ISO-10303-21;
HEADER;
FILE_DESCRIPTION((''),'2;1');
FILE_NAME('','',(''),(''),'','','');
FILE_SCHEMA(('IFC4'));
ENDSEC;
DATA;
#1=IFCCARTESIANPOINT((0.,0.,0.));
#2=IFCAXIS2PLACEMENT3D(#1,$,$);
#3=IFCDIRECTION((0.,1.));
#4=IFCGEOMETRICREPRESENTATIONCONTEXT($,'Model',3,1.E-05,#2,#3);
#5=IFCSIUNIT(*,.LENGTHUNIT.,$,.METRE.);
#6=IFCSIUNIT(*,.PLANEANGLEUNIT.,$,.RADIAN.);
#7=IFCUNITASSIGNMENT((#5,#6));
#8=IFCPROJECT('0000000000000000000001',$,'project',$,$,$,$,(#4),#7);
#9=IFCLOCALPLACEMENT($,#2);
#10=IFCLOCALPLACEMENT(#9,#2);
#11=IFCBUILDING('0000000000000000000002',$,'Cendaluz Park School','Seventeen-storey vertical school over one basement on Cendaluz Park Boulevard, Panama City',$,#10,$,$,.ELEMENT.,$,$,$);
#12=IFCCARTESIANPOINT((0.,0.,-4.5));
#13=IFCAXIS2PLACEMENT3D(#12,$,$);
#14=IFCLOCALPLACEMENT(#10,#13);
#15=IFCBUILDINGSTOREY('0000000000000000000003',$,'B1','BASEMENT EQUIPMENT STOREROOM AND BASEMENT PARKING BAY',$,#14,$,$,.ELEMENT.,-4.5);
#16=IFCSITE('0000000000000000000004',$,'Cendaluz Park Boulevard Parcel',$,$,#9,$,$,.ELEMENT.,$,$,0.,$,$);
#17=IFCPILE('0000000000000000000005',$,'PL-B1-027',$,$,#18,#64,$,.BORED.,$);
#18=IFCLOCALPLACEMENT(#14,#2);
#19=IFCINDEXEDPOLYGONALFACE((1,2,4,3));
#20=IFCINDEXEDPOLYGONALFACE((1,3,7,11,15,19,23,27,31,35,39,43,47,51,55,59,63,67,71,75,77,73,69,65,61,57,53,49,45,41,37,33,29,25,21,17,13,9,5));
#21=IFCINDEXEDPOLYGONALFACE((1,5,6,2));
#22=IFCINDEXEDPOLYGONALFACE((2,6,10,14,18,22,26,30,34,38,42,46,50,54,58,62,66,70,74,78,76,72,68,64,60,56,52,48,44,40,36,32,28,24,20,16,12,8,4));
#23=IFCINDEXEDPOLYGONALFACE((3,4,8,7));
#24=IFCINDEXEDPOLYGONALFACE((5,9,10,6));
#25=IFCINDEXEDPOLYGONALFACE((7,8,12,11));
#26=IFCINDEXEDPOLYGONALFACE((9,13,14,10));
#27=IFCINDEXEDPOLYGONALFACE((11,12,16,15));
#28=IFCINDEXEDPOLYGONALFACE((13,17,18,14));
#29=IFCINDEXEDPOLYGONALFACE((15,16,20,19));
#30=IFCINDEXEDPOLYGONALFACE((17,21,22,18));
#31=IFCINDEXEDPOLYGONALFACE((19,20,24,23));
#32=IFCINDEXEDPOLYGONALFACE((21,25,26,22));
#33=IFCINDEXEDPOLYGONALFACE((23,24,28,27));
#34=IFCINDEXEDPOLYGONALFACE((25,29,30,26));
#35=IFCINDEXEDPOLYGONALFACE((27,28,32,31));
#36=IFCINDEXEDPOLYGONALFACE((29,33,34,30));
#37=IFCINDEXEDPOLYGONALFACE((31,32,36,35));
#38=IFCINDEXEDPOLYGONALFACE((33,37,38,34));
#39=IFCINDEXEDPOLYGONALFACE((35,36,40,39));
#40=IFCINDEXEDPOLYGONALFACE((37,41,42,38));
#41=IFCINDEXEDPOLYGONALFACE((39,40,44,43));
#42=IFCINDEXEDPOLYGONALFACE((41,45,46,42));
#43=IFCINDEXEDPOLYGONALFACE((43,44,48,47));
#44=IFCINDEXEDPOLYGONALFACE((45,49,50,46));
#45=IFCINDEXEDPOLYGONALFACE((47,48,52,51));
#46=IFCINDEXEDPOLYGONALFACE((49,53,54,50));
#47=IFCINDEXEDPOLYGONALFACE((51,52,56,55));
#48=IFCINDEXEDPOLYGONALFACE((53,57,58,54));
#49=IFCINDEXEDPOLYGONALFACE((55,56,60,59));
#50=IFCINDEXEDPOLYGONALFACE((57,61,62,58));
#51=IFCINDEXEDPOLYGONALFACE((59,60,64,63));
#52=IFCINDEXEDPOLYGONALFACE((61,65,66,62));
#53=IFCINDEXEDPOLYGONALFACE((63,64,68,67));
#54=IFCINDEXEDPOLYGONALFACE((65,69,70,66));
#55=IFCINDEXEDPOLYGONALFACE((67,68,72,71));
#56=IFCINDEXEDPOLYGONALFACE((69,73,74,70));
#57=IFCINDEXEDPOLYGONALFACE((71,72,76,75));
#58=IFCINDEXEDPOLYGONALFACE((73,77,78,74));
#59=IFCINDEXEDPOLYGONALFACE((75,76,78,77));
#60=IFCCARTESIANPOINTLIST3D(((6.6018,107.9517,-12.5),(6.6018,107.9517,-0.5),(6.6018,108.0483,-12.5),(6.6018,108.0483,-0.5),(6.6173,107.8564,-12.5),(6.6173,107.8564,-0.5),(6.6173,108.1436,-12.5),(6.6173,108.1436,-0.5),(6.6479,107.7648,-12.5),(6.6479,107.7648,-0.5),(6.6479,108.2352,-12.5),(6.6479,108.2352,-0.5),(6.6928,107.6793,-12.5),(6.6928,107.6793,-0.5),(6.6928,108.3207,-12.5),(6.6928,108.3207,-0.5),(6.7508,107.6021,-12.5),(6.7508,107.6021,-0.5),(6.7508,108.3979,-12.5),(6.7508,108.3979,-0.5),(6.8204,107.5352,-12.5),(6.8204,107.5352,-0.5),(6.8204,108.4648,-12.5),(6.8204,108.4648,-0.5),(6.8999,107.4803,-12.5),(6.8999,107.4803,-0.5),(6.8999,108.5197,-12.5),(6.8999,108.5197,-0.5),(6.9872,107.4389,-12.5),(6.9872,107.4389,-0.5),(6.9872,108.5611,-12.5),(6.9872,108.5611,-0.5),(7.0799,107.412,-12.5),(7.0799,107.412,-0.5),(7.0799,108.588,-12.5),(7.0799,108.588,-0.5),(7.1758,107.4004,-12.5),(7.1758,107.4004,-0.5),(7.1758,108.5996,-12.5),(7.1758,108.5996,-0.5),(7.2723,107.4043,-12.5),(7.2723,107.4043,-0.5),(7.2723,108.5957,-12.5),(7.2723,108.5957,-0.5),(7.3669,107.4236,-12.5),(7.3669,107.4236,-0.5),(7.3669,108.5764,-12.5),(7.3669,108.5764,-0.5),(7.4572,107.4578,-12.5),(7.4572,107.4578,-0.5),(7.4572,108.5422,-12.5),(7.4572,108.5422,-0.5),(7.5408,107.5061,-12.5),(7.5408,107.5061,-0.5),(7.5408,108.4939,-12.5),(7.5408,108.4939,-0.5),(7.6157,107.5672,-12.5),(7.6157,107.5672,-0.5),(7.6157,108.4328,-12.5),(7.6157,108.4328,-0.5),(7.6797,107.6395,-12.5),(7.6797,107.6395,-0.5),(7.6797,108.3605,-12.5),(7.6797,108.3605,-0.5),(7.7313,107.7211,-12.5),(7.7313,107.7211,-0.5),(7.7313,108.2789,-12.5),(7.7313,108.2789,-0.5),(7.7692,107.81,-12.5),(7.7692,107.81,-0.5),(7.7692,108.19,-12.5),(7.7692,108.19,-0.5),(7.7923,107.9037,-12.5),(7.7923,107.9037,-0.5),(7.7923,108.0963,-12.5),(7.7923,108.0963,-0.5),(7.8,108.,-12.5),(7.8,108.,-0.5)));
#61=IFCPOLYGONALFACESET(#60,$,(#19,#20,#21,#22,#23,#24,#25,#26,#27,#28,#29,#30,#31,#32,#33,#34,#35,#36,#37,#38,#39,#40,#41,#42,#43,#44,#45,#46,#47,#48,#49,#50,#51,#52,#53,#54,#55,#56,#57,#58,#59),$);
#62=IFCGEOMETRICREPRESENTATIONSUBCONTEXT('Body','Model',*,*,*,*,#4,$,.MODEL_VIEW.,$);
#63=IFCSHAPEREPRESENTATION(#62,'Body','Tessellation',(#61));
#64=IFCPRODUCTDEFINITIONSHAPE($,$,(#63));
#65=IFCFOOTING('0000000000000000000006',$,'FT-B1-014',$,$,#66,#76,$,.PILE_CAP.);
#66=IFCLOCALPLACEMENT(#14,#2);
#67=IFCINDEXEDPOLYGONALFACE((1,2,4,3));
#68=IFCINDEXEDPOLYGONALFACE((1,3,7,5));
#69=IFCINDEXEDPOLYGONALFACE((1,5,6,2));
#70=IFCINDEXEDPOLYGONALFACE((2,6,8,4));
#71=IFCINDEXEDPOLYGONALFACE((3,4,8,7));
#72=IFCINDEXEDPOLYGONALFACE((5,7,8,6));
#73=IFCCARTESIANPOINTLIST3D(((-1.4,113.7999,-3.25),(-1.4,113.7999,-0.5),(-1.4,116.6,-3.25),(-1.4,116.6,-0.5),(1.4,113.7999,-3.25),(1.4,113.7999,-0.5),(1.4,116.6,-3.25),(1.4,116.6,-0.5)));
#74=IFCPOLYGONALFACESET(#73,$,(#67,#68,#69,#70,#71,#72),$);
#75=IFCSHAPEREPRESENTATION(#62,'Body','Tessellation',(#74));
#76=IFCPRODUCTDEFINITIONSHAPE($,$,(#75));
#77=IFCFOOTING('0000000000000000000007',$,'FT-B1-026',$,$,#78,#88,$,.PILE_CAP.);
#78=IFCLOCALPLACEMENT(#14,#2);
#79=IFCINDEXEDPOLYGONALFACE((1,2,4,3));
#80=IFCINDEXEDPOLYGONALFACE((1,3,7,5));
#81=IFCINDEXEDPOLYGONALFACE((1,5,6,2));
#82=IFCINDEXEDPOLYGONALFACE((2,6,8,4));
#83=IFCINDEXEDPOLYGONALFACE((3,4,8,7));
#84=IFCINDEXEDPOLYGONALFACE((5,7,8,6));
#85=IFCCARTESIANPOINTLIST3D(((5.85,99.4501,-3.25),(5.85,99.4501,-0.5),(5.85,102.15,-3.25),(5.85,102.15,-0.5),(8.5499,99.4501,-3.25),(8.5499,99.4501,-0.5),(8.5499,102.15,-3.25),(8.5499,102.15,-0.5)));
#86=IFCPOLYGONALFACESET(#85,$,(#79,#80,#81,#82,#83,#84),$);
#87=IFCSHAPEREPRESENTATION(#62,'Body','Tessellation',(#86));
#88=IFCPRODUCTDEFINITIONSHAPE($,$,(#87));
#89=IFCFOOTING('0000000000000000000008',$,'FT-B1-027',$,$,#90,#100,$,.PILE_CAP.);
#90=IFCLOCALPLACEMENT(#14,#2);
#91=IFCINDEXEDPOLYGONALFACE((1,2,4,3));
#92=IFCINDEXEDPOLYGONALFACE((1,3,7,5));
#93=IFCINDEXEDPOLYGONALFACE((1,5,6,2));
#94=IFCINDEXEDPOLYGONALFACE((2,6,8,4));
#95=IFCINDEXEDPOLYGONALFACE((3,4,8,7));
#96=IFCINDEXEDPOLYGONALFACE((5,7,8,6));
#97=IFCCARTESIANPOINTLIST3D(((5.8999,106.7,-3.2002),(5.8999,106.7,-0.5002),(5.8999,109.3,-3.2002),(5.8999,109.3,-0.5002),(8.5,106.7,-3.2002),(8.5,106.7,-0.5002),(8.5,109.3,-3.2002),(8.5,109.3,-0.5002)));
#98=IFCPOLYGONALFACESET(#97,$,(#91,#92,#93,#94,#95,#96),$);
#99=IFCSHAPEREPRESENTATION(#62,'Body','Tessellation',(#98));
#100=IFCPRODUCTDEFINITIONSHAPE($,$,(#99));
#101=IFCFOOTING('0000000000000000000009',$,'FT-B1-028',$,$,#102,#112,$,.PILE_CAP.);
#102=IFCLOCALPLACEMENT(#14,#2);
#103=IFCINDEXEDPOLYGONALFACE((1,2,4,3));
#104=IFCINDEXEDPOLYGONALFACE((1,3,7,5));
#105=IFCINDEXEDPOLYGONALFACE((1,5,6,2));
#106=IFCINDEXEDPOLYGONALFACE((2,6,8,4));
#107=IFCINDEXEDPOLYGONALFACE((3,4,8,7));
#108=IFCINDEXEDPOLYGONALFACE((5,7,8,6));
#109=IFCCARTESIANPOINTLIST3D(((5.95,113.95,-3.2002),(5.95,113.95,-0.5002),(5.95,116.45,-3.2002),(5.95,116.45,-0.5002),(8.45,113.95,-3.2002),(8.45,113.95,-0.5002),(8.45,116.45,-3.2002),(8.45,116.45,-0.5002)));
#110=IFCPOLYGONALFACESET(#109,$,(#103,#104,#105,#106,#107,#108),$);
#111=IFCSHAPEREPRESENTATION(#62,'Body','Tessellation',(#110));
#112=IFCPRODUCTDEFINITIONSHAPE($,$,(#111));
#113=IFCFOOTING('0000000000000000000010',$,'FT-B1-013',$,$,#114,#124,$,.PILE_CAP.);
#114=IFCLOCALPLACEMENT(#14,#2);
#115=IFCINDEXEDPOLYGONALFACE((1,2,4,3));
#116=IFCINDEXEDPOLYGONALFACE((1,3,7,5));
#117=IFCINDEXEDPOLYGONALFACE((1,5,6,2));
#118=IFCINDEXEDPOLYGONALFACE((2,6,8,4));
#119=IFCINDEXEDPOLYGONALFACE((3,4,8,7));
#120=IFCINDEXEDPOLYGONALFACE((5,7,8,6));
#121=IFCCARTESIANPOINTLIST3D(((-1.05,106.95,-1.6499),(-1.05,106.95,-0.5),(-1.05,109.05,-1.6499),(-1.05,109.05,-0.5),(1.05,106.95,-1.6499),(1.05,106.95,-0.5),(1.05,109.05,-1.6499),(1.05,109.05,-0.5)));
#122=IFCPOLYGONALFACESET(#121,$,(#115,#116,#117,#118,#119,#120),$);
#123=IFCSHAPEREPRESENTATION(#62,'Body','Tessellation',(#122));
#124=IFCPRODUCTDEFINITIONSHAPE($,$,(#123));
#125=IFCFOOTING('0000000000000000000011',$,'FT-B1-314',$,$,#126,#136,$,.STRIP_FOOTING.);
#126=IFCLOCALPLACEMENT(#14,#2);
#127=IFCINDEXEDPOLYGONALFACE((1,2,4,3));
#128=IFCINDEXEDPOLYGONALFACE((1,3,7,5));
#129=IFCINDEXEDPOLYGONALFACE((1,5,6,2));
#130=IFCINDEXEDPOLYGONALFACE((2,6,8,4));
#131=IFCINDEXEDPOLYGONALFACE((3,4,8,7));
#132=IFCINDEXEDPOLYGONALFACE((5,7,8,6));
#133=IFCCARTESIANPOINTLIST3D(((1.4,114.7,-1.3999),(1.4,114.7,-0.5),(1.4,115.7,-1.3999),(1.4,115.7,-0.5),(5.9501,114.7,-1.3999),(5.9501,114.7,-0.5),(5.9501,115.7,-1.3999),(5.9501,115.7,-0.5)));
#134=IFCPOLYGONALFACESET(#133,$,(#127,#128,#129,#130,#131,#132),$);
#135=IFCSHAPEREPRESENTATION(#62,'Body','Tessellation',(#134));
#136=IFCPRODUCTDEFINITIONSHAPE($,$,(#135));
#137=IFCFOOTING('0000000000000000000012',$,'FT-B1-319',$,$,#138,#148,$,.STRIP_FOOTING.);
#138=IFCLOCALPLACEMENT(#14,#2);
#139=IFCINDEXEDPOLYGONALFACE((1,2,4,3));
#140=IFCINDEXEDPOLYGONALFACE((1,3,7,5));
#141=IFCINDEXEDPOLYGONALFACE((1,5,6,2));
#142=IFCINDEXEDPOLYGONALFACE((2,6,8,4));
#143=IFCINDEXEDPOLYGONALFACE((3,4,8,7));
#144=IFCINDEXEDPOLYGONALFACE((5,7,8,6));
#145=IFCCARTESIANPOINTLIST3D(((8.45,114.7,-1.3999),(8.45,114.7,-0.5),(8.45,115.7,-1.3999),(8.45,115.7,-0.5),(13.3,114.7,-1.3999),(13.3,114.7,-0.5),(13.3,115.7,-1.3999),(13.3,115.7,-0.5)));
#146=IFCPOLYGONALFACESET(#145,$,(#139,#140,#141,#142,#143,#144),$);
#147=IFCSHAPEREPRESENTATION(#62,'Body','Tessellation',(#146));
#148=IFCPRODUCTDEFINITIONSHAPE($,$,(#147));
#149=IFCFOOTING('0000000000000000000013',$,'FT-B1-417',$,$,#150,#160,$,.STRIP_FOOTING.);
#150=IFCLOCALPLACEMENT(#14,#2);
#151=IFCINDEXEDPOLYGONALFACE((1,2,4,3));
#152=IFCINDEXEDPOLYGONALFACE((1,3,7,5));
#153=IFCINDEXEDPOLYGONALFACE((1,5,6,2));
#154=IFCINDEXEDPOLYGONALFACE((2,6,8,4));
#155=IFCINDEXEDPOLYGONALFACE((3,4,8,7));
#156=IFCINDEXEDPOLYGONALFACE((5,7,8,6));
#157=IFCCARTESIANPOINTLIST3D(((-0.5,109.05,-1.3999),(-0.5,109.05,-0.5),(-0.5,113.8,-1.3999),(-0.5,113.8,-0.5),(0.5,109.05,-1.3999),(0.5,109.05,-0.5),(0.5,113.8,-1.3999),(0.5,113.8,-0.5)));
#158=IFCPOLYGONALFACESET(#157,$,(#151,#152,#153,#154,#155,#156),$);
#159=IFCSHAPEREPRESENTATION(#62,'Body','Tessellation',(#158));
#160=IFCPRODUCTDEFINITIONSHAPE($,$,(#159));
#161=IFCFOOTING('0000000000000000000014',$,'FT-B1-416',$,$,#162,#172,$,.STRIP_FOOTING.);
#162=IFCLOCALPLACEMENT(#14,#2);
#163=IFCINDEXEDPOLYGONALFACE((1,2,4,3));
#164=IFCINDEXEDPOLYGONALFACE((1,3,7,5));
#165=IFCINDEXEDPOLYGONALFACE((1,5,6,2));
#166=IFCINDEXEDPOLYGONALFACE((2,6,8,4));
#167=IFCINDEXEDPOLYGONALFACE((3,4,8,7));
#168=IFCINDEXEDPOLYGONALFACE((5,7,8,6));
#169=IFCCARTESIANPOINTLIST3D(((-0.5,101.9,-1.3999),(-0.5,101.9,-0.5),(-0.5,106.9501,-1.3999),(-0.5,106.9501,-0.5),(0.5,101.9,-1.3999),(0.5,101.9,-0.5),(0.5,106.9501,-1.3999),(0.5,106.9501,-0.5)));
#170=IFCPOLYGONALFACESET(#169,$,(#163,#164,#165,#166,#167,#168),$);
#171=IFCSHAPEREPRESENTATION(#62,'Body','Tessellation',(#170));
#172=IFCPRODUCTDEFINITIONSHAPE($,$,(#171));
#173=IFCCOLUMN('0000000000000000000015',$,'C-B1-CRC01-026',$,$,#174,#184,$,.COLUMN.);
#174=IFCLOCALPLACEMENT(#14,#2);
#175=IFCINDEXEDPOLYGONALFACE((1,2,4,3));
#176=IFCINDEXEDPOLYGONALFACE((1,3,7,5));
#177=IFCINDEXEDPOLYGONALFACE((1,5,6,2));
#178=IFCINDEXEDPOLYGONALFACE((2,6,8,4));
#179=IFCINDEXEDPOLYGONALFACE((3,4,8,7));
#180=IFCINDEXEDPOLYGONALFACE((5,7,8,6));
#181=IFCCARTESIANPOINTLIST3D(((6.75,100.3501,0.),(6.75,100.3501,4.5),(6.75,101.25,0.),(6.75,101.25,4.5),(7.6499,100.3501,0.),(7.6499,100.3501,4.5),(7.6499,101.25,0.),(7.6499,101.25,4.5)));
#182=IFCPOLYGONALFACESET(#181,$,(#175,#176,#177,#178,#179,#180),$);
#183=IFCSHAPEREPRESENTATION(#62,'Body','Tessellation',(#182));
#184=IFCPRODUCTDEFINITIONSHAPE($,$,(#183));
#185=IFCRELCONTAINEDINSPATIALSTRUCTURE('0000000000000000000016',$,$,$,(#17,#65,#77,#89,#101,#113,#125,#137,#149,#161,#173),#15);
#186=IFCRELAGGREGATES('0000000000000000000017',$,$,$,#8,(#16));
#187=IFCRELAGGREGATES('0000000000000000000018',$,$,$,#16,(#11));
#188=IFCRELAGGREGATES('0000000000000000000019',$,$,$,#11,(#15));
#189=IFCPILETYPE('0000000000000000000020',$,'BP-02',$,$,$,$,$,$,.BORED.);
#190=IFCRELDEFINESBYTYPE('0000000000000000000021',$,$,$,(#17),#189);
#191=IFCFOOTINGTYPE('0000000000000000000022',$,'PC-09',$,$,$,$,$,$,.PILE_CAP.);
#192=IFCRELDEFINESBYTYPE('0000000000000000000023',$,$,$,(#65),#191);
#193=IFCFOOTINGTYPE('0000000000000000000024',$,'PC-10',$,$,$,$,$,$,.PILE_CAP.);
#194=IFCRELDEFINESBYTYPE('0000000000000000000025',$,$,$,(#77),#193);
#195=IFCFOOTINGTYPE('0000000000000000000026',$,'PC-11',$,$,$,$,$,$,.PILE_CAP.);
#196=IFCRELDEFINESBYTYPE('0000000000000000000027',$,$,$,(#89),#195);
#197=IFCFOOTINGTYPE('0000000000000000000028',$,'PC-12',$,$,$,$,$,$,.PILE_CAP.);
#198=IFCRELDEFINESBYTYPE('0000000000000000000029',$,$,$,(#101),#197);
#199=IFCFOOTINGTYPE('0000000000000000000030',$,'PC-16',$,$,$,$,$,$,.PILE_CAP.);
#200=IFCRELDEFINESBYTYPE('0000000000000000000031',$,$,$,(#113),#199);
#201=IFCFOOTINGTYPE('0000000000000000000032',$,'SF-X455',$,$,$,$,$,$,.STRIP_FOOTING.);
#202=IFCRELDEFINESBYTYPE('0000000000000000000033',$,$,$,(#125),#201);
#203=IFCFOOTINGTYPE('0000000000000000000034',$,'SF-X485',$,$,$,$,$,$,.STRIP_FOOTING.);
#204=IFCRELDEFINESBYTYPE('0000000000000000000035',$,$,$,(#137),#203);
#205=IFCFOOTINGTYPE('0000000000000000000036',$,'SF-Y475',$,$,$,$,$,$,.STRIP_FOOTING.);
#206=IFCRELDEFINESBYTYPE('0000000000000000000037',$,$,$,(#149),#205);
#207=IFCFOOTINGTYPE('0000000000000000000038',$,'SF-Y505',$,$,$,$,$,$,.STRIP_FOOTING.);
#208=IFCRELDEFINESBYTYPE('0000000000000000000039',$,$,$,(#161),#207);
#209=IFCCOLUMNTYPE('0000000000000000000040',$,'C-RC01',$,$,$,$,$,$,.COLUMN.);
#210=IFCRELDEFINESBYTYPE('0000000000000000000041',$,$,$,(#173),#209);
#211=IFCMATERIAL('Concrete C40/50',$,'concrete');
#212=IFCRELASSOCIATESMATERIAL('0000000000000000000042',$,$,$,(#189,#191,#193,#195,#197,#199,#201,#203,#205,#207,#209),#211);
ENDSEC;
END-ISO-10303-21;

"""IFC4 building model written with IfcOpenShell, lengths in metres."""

from ifc_helpers import new_model, si_unit, direction, frame, origin, origin_2d, place, context, subcontext, project, spatial, rectangle, circle, extrude, material, material_profile, profile_set, type_object, element, save


model = new_model("IFC4")

# Units and contexts
model_context = context("Model", 3, precision=1e-05, world=origin(), true_north=direction((0.0, 1.0)))
body_context = subcontext(model_context, "Body", "Model", "MODEL_VIEW")
ifc_project = project(units=[si_unit("LENGTHUNIT", "METRE"), si_unit("PLANEANGLEUNIT", "RADIAN")], contexts=[model_context])

# Site, building, storey
site_placement = place(None, origin())
site = spatial("IfcSite", under=ifc_project, at=site_placement, Name="Cendaluz Park Boulevard Parcel", CompositionType="ELEMENT", RefElevation=0.0)
building_placement = place(site_placement, origin())
building = spatial("IfcBuilding", under=site, at=building_placement, Name="Cendaluz Park School", Description="Seventeen-storey vertical school over one basement on Cendaluz Park Boulevard, Panama City", CompositionType="ELEMENT")
storey_placement = place(building_placement, frame((0.0, 0.0, -4.5)))
storey = spatial("IfcBuildingStorey", under=building, at=storey_placement, Name="B1", Description="BASEMENT EQUIPMENT STOREROOM AND BASEMENT PARKING BAY", CompositionType="ELEMENT", Elevation=-4.5)

# Pile
ifc_material_1 = material(Name="Concrete C40/50", Category="concrete")
ifc_material_profile_1 = material_profile(ifc_material_1, circle(Radius=0.6001, at=origin_2d()), Name="BP D1200", Category="concrete")
ifc_profile_set_1 = profile_set([ifc_material_profile_1], Name="Concrete C40/50")
pile_type_1 = type_object("IfcPileType", Name="BP-02", PredefinedType="BORED", material=ifc_profile_set_1)
for number, where, z_axis, x_axis, name in (
    (1, (7.2, 108.0, -0.5), (0.0, 0.0, -1.0), (1.0, 0.0, 0.0), "PL-B1-027"),
):
    element("IfcPile", number, at=place(storey_placement, frame(where, z_axis=z_axis, x_axis=x_axis)), inside=storey, type_object=pile_type_1, Name=name, PredefinedType="BORED", context=body_context, shape_type="SweptSolid", body=[
        extrude(circle(Radius=0.6001, at=origin_2d()), origin(), (0.0, 0.0, 1.0), 12.0),
    ])

# Footings
footing_type_1 = type_object("IfcFootingType", Name="PC-09", PredefinedType="PILE_CAP", material=ifc_material_1)
footing_1_placement = place(storey_placement, frame((0.0, 115.2, -3.25), z_axis=(0.0, 0.0, 1.0), x_axis=(1.0, 0.0, 0.0)))
element("IfcFooting", 2, at=footing_1_placement, inside=storey, type_object=footing_type_1, Name="FT-B1-014", PredefinedType="PILE_CAP", context=body_context, shape_type="SweptSolid", body=[
    extrude(rectangle(XDim=2.8, YDim=2.8, at=origin_2d()), origin(), (0.0, 0.0, 1.0), 2.75),
])
footing_type_2 = type_object("IfcFootingType", Name="PC-10", PredefinedType="PILE_CAP", material=ifc_material_1)
footing_2_placement = place(storey_placement, frame((7.2, 100.8, -3.25), z_axis=(0.0, 0.0, 1.0), x_axis=(1.0, 0.0, 0.0)))
element("IfcFooting", 3, at=footing_2_placement, inside=storey, type_object=footing_type_2, Name="FT-B1-026", PredefinedType="PILE_CAP", context=body_context, shape_type="SweptSolid", body=[
    extrude(rectangle(XDim=2.7, YDim=2.7, at=origin_2d()), origin(), (0.0, 0.0, 1.0), 2.75),
])
footing_type_3 = type_object("IfcFootingType", Name="PC-11", PredefinedType="PILE_CAP", material=ifc_material_1)
footing_3_placement = place(storey_placement, frame((7.2, 108.0, -3.2002), z_axis=(0.0, 0.0, 1.0), x_axis=(1.0, 0.0, 0.0)))
element("IfcFooting", 4, at=footing_3_placement, inside=storey, type_object=footing_type_3, Name="FT-B1-027", PredefinedType="PILE_CAP", context=body_context, shape_type="SweptSolid", body=[
    extrude(rectangle(XDim=2.6001, YDim=2.6001, at=origin_2d()), origin(), (0.0, 0.0, 1.0), 2.7),
])
footing_type_4 = type_object("IfcFootingType", Name="PC-12", PredefinedType="PILE_CAP", material=ifc_material_1)
footing_4_placement = place(storey_placement, frame((7.2, 115.2, -3.2002), z_axis=(0.0, 0.0, 1.0), x_axis=(1.0, 0.0, 0.0)))
element("IfcFooting", 5, at=footing_4_placement, inside=storey, type_object=footing_type_4, Name="FT-B1-028", PredefinedType="PILE_CAP", context=body_context, shape_type="SweptSolid", body=[
    extrude(rectangle(XDim=2.5, YDim=2.5, at=origin_2d()), origin(), (0.0, 0.0, 1.0), 2.7),
])
footing_type_5 = type_object("IfcFootingType", Name="PC-16", PredefinedType="PILE_CAP", material=ifc_material_1)
footing_5_placement = place(storey_placement, frame((0.0, 108.0, -1.6499), z_axis=(0.0, 0.0, 1.0), x_axis=(1.0, 0.0, 0.0)))
element("IfcFooting", 6, at=footing_5_placement, inside=storey, type_object=footing_type_5, Name="FT-B1-013", PredefinedType="PILE_CAP", context=body_context, shape_type="SweptSolid", body=[
    extrude(rectangle(XDim=2.1001, YDim=2.1001, at=origin_2d()), origin(), (0.0, 0.0, 1.0), 1.1499),
])
footing_type_6 = type_object("IfcFootingType", Name="SF-X455", PredefinedType="STRIP_FOOTING", material=ifc_material_1)
footing_6_placement = place(storey_placement, frame((3.675, 115.2, -1.3999), z_axis=(0.0, 0.0, 1.0), x_axis=(1.0, 0.0, 0.0)))
element("IfcFooting", 7, at=footing_6_placement, inside=storey, type_object=footing_type_6, Name="FT-B1-314", PredefinedType="STRIP_FOOTING", context=body_context, shape_type="SweptSolid", body=[
    extrude(rectangle(XDim=4.55, YDim=1.0, at=origin_2d()), origin(), (0.0, 0.0, 1.0), 0.8999),
])
footing_type_7 = type_object("IfcFootingType", Name="SF-X485", PredefinedType="STRIP_FOOTING", material=ifc_material_1)
footing_7_placement = place(storey_placement, frame((10.875, 115.2, -1.3999), z_axis=(0.0, 0.0, 1.0), x_axis=(1.0, 0.0, 0.0)))
element("IfcFooting", 8, at=footing_7_placement, inside=storey, type_object=footing_type_7, Name="FT-B1-319", PredefinedType="STRIP_FOOTING", context=body_context, shape_type="SweptSolid", body=[
    extrude(rectangle(XDim=4.8501, YDim=1.0, at=origin_2d()), origin(), (0.0, 0.0, 1.0), 0.8999),
])
footing_type_8 = type_object("IfcFootingType", Name="SF-Y475", PredefinedType="STRIP_FOOTING", material=ifc_material_1)
footing_8_placement = place(storey_placement, frame((0.0, 111.425, -1.3999), z_axis=(0.0, 0.0, 1.0), x_axis=(1.0, 0.0, 0.0)))
element("IfcFooting", 9, at=footing_8_placement, inside=storey, type_object=footing_type_8, Name="FT-B1-417", PredefinedType="STRIP_FOOTING", context=body_context, shape_type="SweptSolid", body=[
    extrude(rectangle(XDim=1.0, YDim=4.75, at=origin_2d()), origin(), (0.0, 0.0, 1.0), 0.8999),
])
footing_type_9 = type_object("IfcFootingType", Name="SF-Y505", PredefinedType="STRIP_FOOTING", material=ifc_material_1)
footing_9_placement = place(storey_placement, frame((0.0, 104.425, -1.3999), z_axis=(0.0, 0.0, 1.0), x_axis=(1.0, 0.0, 0.0)))
element("IfcFooting", 10, at=footing_9_placement, inside=storey, type_object=footing_type_9, Name="FT-B1-416", PredefinedType="STRIP_FOOTING", context=body_context, shape_type="SweptSolid", body=[
    extrude(rectangle(XDim=1.0, YDim=5.05, at=origin_2d()), origin(), (0.0, 0.0, 1.0), 0.8999),
])

# Column
ifc_material_profile_2 = material_profile(ifc_material_1, rectangle(XDim=0.8999, YDim=0.8999, at=origin_2d()), Name="RC 900x900", Category="concrete")
ifc_profile_set_2 = profile_set([ifc_material_profile_2], Name="Concrete C40/50")
column_type_1 = type_object("IfcColumnType", Name="C-RC01", PredefinedType="COLUMN", material=ifc_profile_set_2)
for number, where, z_axis, x_axis, name in (
    (11, (7.2, 100.8, 0.0), (0.0, 0.0, 1.0), (1.0, 0.0, 0.0), "C-B1-CRC01-026"),
):
    element("IfcColumn", number, at=place(storey_placement, frame(where, z_axis=z_axis, x_axis=x_axis)), inside=storey, type_object=column_type_1, Name=name, PredefinedType="COLUMN", context=body_context, shape_type="SweptSolid", body=[
        extrude(rectangle(XDim=0.8999, YDim=0.8999, at=origin_2d()), origin(), (0.0, 0.0, 1.0), 4.5),
    ])

save(model, "model.ifc")
